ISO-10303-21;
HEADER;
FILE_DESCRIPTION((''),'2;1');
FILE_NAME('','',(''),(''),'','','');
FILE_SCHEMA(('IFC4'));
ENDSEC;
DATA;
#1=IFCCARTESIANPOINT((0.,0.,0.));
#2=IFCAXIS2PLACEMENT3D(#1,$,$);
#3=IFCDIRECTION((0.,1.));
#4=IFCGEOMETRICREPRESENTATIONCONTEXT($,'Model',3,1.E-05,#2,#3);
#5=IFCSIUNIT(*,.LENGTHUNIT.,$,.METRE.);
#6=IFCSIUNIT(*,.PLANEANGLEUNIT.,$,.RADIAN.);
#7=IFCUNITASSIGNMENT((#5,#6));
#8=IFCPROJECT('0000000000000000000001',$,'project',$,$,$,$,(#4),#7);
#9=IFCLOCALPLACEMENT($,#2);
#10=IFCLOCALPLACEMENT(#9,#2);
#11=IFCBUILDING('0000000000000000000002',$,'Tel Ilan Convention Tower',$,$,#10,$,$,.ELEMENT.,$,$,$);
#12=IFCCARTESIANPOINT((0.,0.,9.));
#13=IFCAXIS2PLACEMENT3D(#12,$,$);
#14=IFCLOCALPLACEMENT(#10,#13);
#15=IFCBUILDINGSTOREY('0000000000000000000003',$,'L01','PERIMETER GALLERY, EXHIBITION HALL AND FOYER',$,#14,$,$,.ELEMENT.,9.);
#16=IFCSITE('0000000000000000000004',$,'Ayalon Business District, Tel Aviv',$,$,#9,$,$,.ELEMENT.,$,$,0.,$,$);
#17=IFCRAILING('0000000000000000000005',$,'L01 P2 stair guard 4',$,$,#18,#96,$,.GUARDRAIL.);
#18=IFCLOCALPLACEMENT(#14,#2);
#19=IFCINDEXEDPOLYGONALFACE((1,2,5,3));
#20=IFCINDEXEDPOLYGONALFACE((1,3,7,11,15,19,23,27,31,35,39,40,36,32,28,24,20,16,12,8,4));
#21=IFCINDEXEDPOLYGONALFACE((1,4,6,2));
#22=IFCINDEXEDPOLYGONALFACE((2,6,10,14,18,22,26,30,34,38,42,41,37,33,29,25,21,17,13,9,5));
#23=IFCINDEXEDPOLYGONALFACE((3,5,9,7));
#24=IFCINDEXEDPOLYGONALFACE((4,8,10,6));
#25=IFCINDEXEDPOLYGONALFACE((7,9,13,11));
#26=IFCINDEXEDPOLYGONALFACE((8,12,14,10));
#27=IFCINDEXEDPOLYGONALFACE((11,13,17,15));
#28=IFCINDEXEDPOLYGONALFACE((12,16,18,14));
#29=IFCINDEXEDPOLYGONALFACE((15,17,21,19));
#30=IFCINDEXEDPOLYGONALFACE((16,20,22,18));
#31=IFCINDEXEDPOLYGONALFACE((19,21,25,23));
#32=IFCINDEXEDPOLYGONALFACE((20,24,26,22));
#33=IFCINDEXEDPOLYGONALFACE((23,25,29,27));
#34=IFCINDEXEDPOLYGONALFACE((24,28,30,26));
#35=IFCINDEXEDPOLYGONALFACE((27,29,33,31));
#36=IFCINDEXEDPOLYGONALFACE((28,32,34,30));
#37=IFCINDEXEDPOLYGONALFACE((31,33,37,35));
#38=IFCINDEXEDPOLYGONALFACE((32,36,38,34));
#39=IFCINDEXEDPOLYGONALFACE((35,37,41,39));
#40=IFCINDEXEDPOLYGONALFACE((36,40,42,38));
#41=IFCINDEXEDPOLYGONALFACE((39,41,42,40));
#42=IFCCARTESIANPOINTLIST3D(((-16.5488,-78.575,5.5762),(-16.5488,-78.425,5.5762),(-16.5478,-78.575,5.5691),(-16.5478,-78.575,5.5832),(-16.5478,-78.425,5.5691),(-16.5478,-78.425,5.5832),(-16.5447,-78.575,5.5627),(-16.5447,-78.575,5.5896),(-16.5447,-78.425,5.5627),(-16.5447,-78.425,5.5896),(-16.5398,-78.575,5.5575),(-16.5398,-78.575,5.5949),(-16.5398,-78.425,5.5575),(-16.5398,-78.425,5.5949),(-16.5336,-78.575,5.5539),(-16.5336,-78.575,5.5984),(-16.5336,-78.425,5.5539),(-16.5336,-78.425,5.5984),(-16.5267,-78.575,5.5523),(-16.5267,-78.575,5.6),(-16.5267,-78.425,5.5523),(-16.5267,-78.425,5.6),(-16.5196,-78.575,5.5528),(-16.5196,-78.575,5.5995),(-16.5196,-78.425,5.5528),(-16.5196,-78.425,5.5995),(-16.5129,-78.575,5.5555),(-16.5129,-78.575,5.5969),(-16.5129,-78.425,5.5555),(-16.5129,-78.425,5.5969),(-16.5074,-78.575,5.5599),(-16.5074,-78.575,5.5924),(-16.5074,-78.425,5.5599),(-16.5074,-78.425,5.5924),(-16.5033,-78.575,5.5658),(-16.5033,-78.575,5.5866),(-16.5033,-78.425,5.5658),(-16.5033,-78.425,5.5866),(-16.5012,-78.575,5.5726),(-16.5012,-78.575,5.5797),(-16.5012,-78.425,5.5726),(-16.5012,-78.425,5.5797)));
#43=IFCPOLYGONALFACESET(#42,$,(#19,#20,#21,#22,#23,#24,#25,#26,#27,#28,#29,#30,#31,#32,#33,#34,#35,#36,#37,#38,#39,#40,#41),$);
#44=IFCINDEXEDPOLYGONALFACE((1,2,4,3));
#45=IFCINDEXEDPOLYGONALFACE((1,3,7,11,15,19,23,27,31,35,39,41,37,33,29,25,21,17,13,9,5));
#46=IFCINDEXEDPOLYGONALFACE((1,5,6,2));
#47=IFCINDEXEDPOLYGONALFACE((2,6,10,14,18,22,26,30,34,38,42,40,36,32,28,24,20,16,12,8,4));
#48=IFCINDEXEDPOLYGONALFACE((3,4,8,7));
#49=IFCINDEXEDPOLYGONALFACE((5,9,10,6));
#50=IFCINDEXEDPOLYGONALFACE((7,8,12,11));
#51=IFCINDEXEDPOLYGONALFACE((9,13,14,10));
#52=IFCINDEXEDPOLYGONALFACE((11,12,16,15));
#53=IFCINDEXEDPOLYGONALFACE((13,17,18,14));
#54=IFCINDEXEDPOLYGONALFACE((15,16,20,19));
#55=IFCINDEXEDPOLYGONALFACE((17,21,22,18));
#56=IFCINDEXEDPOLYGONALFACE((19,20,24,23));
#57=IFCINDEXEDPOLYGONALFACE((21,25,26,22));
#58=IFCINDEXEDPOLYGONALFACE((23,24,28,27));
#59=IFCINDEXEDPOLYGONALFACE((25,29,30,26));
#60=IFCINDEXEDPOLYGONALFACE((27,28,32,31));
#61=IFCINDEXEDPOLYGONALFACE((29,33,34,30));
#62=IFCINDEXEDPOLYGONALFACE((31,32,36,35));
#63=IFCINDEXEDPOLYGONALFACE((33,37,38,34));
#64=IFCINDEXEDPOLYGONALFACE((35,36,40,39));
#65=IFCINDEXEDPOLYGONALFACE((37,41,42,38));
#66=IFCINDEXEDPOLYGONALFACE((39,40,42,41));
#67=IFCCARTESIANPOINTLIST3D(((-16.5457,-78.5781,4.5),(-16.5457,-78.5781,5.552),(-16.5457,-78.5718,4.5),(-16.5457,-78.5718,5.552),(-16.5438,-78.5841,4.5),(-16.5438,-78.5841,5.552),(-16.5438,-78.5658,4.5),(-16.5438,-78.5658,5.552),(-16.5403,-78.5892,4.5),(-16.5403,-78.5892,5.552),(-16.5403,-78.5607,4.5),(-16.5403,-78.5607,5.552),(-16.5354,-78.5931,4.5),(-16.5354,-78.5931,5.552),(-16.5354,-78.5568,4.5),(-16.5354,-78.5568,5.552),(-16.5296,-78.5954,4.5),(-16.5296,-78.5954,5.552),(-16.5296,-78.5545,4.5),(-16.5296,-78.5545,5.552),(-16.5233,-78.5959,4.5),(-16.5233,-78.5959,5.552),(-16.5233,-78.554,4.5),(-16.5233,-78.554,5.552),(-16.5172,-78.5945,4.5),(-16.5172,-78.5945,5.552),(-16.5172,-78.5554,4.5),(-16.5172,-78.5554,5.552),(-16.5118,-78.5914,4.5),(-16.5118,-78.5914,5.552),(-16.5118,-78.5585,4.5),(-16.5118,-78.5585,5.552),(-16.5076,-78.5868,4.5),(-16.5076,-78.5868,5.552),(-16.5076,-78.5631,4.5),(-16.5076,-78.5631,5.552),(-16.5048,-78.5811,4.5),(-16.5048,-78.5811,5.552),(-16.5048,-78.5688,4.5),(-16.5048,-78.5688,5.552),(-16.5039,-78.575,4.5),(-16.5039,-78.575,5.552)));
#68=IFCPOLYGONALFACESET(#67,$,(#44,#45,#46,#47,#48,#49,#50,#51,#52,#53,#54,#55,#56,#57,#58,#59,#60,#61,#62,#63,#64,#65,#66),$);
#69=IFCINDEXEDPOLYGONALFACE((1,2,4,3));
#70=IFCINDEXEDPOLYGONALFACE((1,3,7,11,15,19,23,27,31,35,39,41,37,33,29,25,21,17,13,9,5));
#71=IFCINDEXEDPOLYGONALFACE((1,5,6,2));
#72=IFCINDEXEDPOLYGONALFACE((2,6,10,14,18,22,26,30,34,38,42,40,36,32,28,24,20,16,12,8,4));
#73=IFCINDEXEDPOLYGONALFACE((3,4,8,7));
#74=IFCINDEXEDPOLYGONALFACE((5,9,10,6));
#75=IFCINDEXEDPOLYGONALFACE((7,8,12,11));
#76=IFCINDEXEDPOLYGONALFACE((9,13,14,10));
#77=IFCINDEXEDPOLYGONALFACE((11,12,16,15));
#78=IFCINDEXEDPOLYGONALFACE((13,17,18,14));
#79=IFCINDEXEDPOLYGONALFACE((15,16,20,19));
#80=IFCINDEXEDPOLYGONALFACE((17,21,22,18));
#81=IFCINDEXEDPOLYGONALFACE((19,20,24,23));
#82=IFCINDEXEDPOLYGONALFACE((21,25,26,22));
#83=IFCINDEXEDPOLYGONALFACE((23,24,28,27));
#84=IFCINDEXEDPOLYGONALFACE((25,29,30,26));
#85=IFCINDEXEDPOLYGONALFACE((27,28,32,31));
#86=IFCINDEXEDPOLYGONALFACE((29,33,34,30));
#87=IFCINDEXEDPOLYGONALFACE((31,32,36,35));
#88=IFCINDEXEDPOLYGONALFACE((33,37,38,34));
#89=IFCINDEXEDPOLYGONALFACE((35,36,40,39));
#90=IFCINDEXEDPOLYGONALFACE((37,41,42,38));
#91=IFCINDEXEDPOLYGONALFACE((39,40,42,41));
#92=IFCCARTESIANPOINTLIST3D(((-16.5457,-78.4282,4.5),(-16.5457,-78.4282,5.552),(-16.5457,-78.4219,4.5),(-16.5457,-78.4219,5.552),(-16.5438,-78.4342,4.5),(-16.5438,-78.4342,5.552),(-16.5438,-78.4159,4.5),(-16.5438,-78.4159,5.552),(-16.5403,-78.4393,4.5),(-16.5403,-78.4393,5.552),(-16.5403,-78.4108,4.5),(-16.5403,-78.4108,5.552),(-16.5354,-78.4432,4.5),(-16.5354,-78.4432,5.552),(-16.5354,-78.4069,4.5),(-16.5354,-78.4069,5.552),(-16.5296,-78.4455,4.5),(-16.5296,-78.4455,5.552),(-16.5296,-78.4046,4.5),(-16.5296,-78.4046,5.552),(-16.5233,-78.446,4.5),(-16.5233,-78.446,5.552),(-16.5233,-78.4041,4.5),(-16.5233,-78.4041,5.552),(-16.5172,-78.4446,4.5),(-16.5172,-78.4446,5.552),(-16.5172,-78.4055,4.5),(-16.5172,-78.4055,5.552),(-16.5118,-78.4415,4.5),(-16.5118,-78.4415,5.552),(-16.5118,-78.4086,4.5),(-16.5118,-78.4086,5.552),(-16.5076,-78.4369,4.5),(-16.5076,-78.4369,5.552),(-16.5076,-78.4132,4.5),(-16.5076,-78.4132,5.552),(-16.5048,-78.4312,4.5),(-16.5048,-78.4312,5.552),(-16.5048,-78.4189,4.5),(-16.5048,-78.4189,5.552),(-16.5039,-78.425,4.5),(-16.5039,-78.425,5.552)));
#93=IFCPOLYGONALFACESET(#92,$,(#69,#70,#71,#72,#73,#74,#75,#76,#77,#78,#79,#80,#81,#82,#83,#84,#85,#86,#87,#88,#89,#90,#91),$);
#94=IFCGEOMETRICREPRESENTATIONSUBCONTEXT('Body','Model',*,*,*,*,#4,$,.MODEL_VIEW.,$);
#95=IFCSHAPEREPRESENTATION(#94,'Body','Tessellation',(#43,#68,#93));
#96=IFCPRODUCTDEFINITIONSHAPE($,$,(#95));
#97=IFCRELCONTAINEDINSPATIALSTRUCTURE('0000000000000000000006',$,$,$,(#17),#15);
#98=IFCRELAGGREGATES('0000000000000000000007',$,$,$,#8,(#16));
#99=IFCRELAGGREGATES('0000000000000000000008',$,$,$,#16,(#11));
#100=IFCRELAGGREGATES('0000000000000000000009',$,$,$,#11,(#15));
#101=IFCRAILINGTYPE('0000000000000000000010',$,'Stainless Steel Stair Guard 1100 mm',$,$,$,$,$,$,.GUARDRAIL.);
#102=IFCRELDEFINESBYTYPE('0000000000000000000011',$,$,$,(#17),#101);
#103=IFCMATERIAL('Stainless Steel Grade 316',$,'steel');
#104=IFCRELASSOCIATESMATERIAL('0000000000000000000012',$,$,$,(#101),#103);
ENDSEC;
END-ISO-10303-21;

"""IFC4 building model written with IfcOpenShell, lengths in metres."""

from ifc_helpers import new_model, si_unit, direction, frame, origin, origin_2d, place, context, subcontext, project, spatial, circle, extrude, material, type_object, element, save


model = new_model("IFC4")

# Units and contexts
model_context = context("Model", 3, precision=1e-05, world=origin(), true_north=direction((0.0, 1.0)))
body_context = subcontext(model_context, "Body", "Model", "MODEL_VIEW")
ifc_project = project(units=[si_unit("LENGTHUNIT", "METRE"), si_unit("PLANEANGLEUNIT", "RADIAN")], contexts=[model_context])

# Site, building, storey
site_placement = place(None, origin())
site = spatial("IfcSite", under=ifc_project, at=site_placement, Name="Ayalon Business District, Tel Aviv", CompositionType="ELEMENT", RefElevation=0.0)
building_placement = place(site_placement, origin())
building = spatial("IfcBuilding", under=site, at=building_placement, Name="Tel Ilan Convention Tower", CompositionType="ELEMENT")
storey_placement = place(building_placement, frame((0.0, 0.0, 9.0)))
storey = spatial("IfcBuildingStorey", under=building, at=storey_placement, Name="L01", Description="PERIMETER GALLERY, EXHIBITION HALL AND FOYER", CompositionType="ELEMENT", Elevation=9.0)

# Railing
ifc_material_1 = material(Name="Stainless Steel Grade 316", Category="steel")
railing_type_1 = type_object("IfcRailingType", Name="Stainless Steel Stair Guard 1100 mm", PredefinedType="GUARDRAIL", material=ifc_material_1)
railing_1_placement = place(storey_placement, frame((-16.5249, -78.575, 4.5)))
element("IfcRailing", 1, at=railing_1_placement, inside=storey, type_object=railing_type_1, Name="L01 P2 stair guard 4", PredefinedType="GUARDRAIL", context=body_context, shape_type="SweptSolid", body=[
    extrude(circle(Radius=0.0239, at=origin_2d()), frame((0.0, 0.0, 1.0762), z_axis=(0.0, 1.0, 0.0), x_axis=(-1.0, 0.0, 0.0)), (0.0, 0.0, 1.0), 0.1499),
    extrude(circle(Radius=0.021, at=origin_2d()), origin(), (0.0, 0.0, 1.0), 1.052),
    extrude(circle(Radius=0.021, at=origin_2d()), frame((0.0, 0.1499, 0.0)), (0.0, 0.0, 1.0), 1.052),
])

save(model, "model.ifc")
